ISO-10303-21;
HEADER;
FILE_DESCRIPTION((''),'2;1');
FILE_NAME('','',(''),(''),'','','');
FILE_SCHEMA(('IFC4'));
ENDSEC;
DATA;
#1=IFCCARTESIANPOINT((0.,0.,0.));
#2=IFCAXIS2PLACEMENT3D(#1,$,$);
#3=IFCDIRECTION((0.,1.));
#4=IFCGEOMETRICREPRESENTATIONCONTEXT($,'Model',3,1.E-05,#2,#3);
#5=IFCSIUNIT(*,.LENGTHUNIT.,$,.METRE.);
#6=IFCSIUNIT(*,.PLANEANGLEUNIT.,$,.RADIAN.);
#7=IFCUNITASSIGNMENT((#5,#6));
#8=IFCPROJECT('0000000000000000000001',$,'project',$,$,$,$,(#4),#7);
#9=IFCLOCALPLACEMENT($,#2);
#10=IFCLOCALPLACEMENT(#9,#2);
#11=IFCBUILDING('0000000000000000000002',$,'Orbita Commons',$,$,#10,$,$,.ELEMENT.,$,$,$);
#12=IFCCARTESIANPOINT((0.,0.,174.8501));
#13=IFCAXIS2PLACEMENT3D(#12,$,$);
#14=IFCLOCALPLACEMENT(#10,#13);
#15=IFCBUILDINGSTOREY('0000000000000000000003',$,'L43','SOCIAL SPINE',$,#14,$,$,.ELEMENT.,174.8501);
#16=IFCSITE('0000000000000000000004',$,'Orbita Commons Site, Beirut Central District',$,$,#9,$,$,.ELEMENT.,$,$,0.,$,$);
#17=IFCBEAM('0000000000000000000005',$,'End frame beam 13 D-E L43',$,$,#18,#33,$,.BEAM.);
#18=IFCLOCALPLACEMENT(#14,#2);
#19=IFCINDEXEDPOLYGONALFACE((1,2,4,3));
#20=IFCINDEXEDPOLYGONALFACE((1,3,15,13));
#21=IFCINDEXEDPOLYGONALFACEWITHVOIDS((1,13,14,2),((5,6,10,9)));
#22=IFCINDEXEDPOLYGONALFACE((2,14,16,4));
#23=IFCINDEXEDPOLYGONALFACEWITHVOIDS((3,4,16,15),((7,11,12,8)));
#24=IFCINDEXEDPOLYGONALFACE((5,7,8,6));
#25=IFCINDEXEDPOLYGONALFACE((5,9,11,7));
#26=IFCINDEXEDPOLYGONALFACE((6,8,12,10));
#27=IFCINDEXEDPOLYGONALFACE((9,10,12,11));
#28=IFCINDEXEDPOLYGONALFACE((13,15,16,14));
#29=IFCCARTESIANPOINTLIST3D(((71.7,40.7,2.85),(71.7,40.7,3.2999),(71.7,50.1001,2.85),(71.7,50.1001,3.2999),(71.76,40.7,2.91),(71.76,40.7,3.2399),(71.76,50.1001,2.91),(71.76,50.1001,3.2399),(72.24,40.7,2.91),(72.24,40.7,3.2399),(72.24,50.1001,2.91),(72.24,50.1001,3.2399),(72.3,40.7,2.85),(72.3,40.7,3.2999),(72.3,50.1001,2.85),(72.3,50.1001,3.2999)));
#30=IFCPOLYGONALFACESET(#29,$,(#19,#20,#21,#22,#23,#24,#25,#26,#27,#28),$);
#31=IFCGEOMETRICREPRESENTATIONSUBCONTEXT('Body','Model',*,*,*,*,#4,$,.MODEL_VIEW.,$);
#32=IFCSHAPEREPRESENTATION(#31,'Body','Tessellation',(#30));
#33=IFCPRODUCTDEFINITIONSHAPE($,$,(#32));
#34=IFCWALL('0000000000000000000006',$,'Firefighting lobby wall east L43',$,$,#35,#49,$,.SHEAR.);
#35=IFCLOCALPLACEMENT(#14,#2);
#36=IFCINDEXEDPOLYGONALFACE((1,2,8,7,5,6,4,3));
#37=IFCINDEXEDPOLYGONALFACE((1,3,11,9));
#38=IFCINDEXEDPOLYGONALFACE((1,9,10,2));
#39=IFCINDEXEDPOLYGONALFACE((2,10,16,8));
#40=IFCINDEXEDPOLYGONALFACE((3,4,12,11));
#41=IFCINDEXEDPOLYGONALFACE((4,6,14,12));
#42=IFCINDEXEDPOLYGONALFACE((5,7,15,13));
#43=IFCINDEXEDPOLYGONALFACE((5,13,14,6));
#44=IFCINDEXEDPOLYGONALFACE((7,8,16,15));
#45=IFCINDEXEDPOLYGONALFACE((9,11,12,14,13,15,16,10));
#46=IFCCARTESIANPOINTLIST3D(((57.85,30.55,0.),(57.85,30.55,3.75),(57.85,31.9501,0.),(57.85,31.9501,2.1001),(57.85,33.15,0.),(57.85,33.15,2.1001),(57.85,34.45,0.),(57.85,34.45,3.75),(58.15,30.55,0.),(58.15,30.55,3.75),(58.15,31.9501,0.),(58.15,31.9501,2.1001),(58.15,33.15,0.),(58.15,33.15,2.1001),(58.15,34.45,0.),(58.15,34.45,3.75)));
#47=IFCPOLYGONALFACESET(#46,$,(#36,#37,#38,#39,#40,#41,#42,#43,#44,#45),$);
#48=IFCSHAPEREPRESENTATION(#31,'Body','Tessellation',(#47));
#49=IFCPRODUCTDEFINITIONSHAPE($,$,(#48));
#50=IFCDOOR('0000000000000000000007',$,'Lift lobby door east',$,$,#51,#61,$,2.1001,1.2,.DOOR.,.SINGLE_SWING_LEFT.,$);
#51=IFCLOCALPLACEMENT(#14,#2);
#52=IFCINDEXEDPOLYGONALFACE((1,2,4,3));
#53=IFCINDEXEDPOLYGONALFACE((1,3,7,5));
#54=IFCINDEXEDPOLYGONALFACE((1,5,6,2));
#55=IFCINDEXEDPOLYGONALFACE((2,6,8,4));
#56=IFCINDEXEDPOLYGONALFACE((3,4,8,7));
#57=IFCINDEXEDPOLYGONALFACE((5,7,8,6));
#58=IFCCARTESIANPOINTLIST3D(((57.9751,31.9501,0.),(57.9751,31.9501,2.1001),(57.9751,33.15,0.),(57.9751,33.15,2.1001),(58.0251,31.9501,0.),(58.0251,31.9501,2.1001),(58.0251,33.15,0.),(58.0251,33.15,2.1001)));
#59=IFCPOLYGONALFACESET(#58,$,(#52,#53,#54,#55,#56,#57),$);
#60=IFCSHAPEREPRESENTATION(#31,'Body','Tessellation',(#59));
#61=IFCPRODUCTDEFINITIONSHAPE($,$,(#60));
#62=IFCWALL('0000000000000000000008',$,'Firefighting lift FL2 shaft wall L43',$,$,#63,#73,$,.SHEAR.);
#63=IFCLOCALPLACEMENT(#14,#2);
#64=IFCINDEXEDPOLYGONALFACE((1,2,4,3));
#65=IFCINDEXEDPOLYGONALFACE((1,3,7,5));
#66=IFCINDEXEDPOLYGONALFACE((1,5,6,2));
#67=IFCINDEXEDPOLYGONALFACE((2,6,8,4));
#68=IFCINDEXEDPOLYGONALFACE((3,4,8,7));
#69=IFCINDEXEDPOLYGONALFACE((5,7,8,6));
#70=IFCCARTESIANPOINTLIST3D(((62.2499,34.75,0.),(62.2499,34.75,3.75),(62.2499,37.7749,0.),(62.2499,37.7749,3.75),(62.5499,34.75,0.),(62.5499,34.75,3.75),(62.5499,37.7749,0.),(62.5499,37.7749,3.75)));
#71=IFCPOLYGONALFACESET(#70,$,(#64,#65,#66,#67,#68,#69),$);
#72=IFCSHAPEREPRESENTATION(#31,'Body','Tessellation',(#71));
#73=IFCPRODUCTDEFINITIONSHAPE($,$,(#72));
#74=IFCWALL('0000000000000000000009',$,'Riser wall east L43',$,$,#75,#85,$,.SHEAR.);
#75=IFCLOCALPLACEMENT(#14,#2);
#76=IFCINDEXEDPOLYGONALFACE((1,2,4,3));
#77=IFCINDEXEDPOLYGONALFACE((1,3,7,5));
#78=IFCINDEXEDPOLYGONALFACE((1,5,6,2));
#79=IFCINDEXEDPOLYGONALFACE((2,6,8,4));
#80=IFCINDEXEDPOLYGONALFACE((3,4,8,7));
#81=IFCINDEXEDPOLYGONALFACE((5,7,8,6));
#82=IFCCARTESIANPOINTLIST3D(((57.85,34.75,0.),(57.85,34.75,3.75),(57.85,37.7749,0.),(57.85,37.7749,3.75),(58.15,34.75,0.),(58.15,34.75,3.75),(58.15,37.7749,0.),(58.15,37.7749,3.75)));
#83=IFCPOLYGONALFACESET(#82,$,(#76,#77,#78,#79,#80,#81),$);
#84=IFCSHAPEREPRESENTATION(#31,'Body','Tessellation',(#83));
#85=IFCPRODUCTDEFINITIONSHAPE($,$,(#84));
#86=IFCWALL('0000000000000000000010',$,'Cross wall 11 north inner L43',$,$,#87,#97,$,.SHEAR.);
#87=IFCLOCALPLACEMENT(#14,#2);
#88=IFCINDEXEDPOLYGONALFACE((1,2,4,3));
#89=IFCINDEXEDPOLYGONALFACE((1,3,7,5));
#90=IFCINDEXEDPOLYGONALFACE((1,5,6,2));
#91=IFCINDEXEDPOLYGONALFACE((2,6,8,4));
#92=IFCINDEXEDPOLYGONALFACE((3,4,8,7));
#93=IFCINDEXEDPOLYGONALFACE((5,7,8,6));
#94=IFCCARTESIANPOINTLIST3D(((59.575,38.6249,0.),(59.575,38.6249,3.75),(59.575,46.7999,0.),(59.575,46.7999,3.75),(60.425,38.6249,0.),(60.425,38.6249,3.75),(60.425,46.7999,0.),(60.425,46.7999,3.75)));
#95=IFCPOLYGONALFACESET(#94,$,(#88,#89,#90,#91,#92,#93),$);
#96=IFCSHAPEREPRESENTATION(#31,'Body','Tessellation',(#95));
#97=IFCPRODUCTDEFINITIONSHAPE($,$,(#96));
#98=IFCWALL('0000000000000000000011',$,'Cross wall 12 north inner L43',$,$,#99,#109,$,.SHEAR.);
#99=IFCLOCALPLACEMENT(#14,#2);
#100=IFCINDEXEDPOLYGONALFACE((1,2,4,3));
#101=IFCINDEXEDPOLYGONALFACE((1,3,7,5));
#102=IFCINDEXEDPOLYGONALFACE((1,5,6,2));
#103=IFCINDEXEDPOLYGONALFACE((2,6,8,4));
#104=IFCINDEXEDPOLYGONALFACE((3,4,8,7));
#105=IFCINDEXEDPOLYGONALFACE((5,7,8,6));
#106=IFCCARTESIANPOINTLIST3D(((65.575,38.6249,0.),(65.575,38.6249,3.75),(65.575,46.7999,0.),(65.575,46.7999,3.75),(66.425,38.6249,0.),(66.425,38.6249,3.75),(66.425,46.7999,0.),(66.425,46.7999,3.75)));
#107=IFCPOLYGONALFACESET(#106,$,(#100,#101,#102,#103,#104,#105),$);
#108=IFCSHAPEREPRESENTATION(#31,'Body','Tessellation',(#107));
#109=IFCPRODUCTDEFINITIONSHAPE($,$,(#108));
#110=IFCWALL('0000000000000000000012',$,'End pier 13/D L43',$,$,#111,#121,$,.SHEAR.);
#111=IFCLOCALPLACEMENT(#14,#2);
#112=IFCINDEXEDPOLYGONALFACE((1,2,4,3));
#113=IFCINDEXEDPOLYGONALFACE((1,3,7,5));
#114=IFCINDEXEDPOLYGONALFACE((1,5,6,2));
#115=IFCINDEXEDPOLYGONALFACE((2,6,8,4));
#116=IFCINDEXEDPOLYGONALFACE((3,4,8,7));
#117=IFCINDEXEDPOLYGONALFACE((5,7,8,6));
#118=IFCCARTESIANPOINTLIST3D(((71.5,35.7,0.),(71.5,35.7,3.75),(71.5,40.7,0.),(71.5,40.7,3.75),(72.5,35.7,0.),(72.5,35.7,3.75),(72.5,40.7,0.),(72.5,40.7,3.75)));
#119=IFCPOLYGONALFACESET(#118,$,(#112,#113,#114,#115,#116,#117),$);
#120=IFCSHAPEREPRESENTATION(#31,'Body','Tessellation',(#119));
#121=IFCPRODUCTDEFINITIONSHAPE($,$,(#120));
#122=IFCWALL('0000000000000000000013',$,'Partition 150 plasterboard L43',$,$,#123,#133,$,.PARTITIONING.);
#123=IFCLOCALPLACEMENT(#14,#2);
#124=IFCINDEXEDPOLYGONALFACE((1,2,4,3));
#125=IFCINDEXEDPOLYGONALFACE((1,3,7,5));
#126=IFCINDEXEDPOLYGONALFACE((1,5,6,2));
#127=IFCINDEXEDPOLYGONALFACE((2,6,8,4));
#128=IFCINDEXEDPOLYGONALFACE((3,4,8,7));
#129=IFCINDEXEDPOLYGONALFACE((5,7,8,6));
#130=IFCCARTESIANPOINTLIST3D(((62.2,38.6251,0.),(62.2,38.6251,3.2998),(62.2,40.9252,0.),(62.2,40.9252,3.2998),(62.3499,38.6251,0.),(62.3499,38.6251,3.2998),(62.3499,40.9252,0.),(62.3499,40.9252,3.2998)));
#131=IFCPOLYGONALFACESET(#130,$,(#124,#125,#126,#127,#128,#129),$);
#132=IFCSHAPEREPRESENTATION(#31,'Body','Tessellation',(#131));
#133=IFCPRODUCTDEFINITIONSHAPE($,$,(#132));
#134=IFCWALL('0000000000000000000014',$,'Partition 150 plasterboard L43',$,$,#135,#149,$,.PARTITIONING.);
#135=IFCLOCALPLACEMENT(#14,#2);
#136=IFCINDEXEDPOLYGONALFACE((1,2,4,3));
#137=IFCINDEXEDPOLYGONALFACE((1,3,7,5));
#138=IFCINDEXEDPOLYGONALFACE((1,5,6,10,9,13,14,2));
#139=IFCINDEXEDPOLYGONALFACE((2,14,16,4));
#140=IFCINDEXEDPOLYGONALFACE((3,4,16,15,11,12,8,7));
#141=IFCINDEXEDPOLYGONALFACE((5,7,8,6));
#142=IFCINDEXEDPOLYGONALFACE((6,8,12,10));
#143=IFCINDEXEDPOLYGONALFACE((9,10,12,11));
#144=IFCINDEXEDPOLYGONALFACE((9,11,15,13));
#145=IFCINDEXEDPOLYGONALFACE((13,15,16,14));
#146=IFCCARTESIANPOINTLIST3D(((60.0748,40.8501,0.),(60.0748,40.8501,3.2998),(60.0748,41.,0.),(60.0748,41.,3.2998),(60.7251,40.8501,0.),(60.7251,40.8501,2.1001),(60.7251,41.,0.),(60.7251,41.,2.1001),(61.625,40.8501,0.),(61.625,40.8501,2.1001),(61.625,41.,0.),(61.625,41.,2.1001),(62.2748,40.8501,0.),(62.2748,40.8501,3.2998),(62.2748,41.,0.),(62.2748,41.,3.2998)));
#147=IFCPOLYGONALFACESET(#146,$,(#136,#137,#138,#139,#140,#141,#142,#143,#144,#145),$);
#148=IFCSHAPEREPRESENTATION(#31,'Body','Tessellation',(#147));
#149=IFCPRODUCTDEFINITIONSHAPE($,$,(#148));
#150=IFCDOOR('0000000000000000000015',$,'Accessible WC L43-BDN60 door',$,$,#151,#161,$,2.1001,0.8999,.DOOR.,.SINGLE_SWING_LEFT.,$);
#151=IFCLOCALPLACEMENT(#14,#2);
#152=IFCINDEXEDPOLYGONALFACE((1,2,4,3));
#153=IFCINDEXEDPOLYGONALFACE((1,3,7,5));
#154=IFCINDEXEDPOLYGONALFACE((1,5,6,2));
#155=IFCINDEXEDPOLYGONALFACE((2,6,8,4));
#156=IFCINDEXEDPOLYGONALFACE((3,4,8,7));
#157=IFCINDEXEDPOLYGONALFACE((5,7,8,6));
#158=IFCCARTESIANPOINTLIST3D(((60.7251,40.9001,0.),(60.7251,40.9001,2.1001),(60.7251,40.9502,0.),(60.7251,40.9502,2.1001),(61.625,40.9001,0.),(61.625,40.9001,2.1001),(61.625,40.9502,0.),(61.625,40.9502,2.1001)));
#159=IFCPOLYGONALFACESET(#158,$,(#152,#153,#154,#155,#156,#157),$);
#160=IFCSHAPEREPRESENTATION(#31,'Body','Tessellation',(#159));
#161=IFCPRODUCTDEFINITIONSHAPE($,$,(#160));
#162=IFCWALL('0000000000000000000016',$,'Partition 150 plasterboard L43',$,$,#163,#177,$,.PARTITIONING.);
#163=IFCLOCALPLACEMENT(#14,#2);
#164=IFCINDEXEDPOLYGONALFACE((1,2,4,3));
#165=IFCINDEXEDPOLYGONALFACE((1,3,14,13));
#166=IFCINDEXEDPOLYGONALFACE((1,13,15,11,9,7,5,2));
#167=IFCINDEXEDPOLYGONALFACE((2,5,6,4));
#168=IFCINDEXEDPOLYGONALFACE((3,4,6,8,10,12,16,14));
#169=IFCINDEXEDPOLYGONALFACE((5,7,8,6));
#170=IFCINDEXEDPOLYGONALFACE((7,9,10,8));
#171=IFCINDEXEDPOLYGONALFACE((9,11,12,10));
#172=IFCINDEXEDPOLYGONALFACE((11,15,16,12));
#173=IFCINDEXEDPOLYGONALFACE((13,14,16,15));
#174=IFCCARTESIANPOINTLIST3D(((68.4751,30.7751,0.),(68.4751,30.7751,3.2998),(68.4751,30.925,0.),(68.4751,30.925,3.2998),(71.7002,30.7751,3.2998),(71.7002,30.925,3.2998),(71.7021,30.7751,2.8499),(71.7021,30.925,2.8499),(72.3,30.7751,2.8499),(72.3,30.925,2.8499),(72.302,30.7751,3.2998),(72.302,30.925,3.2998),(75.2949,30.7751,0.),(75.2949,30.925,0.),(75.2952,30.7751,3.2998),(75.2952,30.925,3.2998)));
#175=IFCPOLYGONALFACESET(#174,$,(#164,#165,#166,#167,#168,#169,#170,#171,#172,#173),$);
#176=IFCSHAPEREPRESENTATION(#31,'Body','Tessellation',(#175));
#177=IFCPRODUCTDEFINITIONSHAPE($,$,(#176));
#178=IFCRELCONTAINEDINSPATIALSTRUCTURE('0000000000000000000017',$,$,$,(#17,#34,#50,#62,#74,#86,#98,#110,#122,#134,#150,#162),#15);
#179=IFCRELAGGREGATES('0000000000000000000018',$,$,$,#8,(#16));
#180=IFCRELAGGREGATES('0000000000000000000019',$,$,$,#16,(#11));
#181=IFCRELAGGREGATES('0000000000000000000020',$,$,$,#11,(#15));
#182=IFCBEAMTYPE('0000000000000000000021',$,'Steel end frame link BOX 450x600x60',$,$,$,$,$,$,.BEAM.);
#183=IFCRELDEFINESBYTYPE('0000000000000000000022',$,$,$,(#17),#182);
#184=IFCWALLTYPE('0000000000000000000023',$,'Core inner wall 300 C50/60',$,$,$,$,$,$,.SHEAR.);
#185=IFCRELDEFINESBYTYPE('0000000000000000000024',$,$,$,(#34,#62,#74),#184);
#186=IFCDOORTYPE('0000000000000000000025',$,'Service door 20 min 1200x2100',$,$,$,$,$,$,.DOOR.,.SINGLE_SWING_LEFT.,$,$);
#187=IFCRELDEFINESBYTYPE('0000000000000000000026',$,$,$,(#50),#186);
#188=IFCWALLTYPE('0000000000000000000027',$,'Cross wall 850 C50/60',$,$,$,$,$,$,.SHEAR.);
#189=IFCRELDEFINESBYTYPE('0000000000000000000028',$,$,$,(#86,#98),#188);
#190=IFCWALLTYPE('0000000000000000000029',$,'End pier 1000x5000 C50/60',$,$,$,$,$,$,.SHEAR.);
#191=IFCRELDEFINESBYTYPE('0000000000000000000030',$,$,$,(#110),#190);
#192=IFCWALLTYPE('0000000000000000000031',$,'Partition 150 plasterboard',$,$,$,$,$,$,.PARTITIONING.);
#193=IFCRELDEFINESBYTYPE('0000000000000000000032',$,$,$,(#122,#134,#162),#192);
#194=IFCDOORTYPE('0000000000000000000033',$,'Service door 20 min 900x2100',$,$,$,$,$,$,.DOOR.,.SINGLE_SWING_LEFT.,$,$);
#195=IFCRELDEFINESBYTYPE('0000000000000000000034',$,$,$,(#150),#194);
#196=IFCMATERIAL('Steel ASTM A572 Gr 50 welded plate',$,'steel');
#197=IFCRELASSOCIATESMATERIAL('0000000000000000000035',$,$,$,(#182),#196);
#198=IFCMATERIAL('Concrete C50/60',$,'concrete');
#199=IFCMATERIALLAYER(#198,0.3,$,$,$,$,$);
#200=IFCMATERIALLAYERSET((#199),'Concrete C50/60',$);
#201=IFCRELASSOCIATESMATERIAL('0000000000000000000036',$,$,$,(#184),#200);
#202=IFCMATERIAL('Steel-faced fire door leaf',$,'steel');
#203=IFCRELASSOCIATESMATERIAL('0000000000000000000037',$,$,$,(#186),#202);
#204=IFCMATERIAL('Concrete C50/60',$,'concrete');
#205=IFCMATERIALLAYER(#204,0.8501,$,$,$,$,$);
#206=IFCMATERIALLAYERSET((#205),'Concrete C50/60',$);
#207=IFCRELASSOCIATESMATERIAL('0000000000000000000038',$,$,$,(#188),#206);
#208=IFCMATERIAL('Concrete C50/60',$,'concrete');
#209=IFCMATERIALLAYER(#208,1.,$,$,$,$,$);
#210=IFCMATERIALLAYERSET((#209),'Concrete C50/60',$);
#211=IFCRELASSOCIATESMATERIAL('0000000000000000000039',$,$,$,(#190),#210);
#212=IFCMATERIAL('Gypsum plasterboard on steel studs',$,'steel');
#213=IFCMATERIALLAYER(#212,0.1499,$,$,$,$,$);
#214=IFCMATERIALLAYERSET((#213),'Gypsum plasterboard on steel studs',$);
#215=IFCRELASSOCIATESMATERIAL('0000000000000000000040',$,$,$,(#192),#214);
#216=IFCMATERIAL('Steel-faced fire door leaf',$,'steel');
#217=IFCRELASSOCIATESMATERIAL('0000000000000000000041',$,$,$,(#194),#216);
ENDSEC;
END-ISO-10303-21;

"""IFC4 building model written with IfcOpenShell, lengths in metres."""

from ifc_helpers import new_model, si_unit, direction, frame, frame_2d, origin, origin_2d, place, context, subcontext, project, spatial, polyline, rectangle, hollow_rectangle, outline, extrude, material, layer, layer_set, material_profile, profile_set, type_object, element, fill, save


model = new_model("IFC4")

# Units and contexts
model_context = context("Model", 3, precision=1e-05, world=origin(), true_north=direction((0.0, 1.0)))
body_context = subcontext(model_context, "Body", "Model", "MODEL_VIEW")
ifc_project = project(units=[si_unit("LENGTHUNIT", "METRE"), si_unit("PLANEANGLEUNIT", "RADIAN")], contexts=[model_context])

# Site, building, storey
site_placement = place(None, origin())
site = spatial("IfcSite", under=ifc_project, at=site_placement, Name="Orbita Commons Site, Beirut Central District", CompositionType="ELEMENT", RefElevation=0.0)
building_placement = place(site_placement, origin())
building = spatial("IfcBuilding", under=site, at=building_placement, Name="Orbita Commons", CompositionType="ELEMENT")
storey_placement = place(building_placement, frame((0.0, 0.0, 174.8501)))
storey = spatial("IfcBuildingStorey", under=building, at=storey_placement, Name="L43", Description="SOCIAL SPINE", CompositionType="ELEMENT", Elevation=174.8501)

# Beam
ifc_material_1 = material(Name="Steel ASTM A572 Gr 50 welded plate", Category="steel")
ifc_material_profile = material_profile(ifc_material_1, hollow_rectangle(XDim=0.6001, YDim=0.45, WallThickness=0.0601, at=origin_2d()), Name="BOX 450x600x60")
ifc_profile_set = profile_set([ifc_material_profile], Name="Steel ASTM A572 Gr 50 welded plate")
beam_type = type_object("IfcBeamType", Name="Steel end frame link BOX 450x600x60", PredefinedType="BEAM", material=ifc_profile_set)
beam_placement = place(storey_placement, frame((72.0, 40.7, 3.075), z_axis=(0.0, 1.0, 0.0), x_axis=(-1.0, 0.0, 0.0)))
element("IfcBeam", 1, at=beam_placement, inside=storey, type_object=beam_type, Name="End frame beam 13 D-E L43", PredefinedType="BEAM", context=body_context, shape_type="SweptSolid", body=[
    extrude(hollow_rectangle(XDim=0.6001, YDim=0.45, WallThickness=0.0601, at=origin_2d()), origin(), (0.0, 0.0, 1.0), 9.4001),
])

# Wall, opening, door
ifc_material_2 = material(Name="Concrete C50/60", Category="concrete")
ifc_layer_1 = layer(ifc_material_2, 0.3)
ifc_layer_set_1 = layer_set([ifc_layer_1], Name="Concrete C50/60")
wall_type_1 = type_object("IfcWallType", Name="Core inner wall 300 C50/60", PredefinedType="SHEAR", material=ifc_layer_set_1)
wall_1_placement = place(storey_placement, frame((58.0, 30.55, 0.0), z_axis=(0.0, 0.0, 1.0), x_axis=(0.0, 1.0, 0.0)))
wall_1 = element("IfcWall", 2, at=wall_1_placement, inside=storey, type_object=wall_type_1, Name="Firefighting lobby wall east L43", PredefinedType="SHEAR", context=body_context, shape_type="SweptSolid", body=[
    extrude(rectangle(XDim=3.8999, YDim=0.3, at=frame_2d((1.95, 0.0))), origin(), (0.0, 0.0, 1.0), 3.75),
])
opening_1_placement = place(wall_1_placement, frame((1.3999, 0.0, 0.0)))
opening_1 = element("IfcOpeningElement", 3, at=opening_1_placement, cuts=wall_1, PredefinedType="OPENING", context=body_context, shape_type="SweptSolid", body=[
    extrude(rectangle(XDim=1.2, YDim=2.1001, at=frame_2d((0.6001, 1.05))), frame((0.0, 0.1599, 0.0), z_axis=(0.0, -1.0, 0.0), x_axis=(1.0, 0.0, 0.0)), (0.0, 0.0, 1.0), 0.3201),
])
ifc_material_3 = material(Name="Steel-faced fire door leaf", Category="steel")
door_type_1 = type_object("IfcDoorType", Name="Service door 20 min 1200x2100", OperationType="SINGLE_SWING_LEFT", PredefinedType="DOOR", material=ifc_material_3)
door_1_placement = place(opening_1_placement, origin())
door_1 = element("IfcDoor", 4, at=door_1_placement, inside=storey, type_object=door_type_1, Name="Lift lobby door east", OperationType="SINGLE_SWING_LEFT", OverallHeight=2.1001, OverallWidth=1.2, PredefinedType="DOOR", context=body_context, shape_type="SweptSolid", body=[
    extrude(rectangle(XDim=1.2, YDim=2.1001, at=frame_2d((0.6001, 1.05))), frame((0.0, 0.0249, 0.0), z_axis=(0.0, -1.0, 0.0), x_axis=(1.0, 0.0, 0.0)), (0.0, 0.0, 1.0), 0.05),
])
fill(opening_1, door_1)

# Walls
for number, where, z_axis, x_axis, name in (
    (5, (62.3999, 34.75, 0.0), (0.0, 0.0, 1.0), (0.0, 1.0, 0.0), "Firefighting lift FL2 shaft wall L43"),
    (6, (58.0, 34.75, 0.0), (0.0, 0.0, 1.0), (0.0, 1.0, 0.0), "Riser wall east L43"),
):
    element("IfcWall", number, at=place(storey_placement, frame(where, z_axis=z_axis, x_axis=x_axis)), inside=storey, type_object=wall_type_1, Name=name, PredefinedType="SHEAR", context=body_context, shape_type="SweptSolid", body=[
        extrude(rectangle(XDim=3.0249, YDim=0.3, at=frame_2d((1.5125, 0.0))), origin(), (0.0, 0.0, 1.0), 3.75),
    ])
ifc_material_4 = material(Name="Concrete C50/60", Category="concrete")
ifc_layer_2 = layer(ifc_material_4, 0.8501)
ifc_layer_set_2 = layer_set([ifc_layer_2], Name="Concrete C50/60")
wall_type_2 = type_object("IfcWallType", Name="Cross wall 850 C50/60", PredefinedType="SHEAR", material=ifc_layer_set_2)
for number, where, z_axis, x_axis, name in (
    (7, (60.0, 38.625, 0.0), (0.0, 0.0, 1.0), (0.0, 1.0, 0.0), "Cross wall 11 north inner L43"),
    (8, (66.0, 38.625, 0.0), (0.0, 0.0, 1.0), (0.0, 1.0, 0.0), "Cross wall 12 north inner L43"),
):
    element("IfcWall", number, at=place(storey_placement, frame(where, z_axis=z_axis, x_axis=x_axis)), inside=storey, type_object=wall_type_2, Name=name, PredefinedType="SHEAR", context=body_context, shape_type="SweptSolid", body=[
        extrude(rectangle(XDim=8.175, YDim=0.8501, at=frame_2d((4.0874, 0.0))), origin(), (0.0, 0.0, 1.0), 3.75),
    ])
ifc_material_5 = material(Name="Concrete C50/60", Category="concrete")
ifc_layer_3 = layer(ifc_material_5, 1.0)
ifc_layer_set_3 = layer_set([ifc_layer_3], Name="Concrete C50/60")
wall_type_3 = type_object("IfcWallType", Name="End pier 1000x5000 C50/60", PredefinedType="SHEAR", material=ifc_layer_set_3)
wall_2_placement = place(storey_placement, frame((72.0, 35.7, 0.0), z_axis=(0.0, 0.0, 1.0), x_axis=(0.0, 1.0, 0.0)))
element("IfcWall", 9, at=wall_2_placement, inside=storey, type_object=wall_type_3, Name="End pier 13/D L43", PredefinedType="SHEAR", context=body_context, shape_type="SweptSolid", body=[
    extrude(rectangle(XDim=5.0, YDim=1.0, at=frame_2d((2.5, 0.0))), origin(), (0.0, 0.0, 1.0), 3.75),
])
ifc_material_6 = material(Name="Gypsum plasterboard on steel studs", Category="steel")
ifc_layer_4 = layer(ifc_material_6, 0.1499)
ifc_layer_set_4 = layer_set([ifc_layer_4], Name="Gypsum plasterboard on steel studs")
wall_type_4 = type_object("IfcWallType", Name="Partition 150 plasterboard", PredefinedType="PARTITIONING", material=ifc_layer_set_4)
wall_3_placement = place(storey_placement, frame((62.2749, 40.925, 0.0), z_axis=(0.0, 0.0, 1.0), x_axis=(0.0, -1.0, 0.0)))
element("IfcWall", 10, at=wall_3_placement, inside=storey, type_object=wall_type_4, Name="Partition 150 plasterboard L43", PredefinedType="PARTITIONING", context=body_context, shape_type="SweptSolid", body=[
    extrude(rectangle(XDim=2.3, YDim=0.1499, at=frame_2d((1.1499, 0.0))), origin(), (0.0, 0.0, 1.0), 3.2998),
])

# Wall, opening, door
wall_4_placement = place(storey_placement, frame((62.2749, 40.925, 0.0), z_axis=(0.0, 0.0, 1.0), x_axis=(-1.0, 0.0, 0.0)))
wall_4 = element("IfcWall", 11, at=wall_4_placement, inside=storey, type_object=wall_type_4, Name="Partition 150 plasterboard L43", PredefinedType="PARTITIONING", context=body_context, shape_type="SweptSolid", body=[
    extrude(rectangle(XDim=2.2, YDim=0.1499, at=frame_2d((1.1001, 0.0))), origin(), (0.0, 0.0, 1.0), 3.2998),
])
opening_2_placement = place(wall_4_placement, frame((0.6499, 0.0, 0.0)))
opening_2 = element("IfcOpeningElement", 12, at=opening_2_placement, cuts=wall_4, PredefinedType="OPENING", context=body_context, shape_type="SweptSolid", body=[
    extrude(rectangle(XDim=0.8999, YDim=2.1001, at=frame_2d((0.45, 1.05))), frame((0.0, 0.085, 0.0), z_axis=(0.0, -1.0, 0.0), x_axis=(1.0, 0.0, 0.0)), (0.0, 0.0, 1.0), 0.1699),
])
ifc_material_7 = material(Name="Steel-faced fire door leaf", Category="steel")
door_type_2 = type_object("IfcDoorType", Name="Service door 20 min 900x2100", OperationType="SINGLE_SWING_LEFT", PredefinedType="DOOR", material=ifc_material_7)
door_2_placement = place(opening_2_placement, origin())
door_2 = element("IfcDoor", 13, at=door_2_placement, inside=storey, type_object=door_type_2, Name="Accessible WC L43-BDN60 door", OperationType="SINGLE_SWING_LEFT", OverallHeight=2.1001, OverallWidth=0.8999, PredefinedType="DOOR", context=body_context, shape_type="SweptSolid", body=[
    extrude(rectangle(XDim=0.8999, YDim=2.1001, at=frame_2d((0.45, 1.05))), frame((0.0, 0.0249, 0.0), z_axis=(0.0, -1.0, 0.0), x_axis=(1.0, 0.0, 0.0)), (0.0, 0.0, 1.0), 0.05),
])
fill(opening_2, door_2)

# Wall
for number, where, z_axis, x_axis, name in (
    (14, (68.4751, 30.8501, 0.0), (0.0, 0.0, 1.0), (1.0, 0.0, 0.0), "Partition 150 plasterboard L43"),
):
    element("IfcWall", number, at=place(storey_placement, frame(where, z_axis=z_axis, x_axis=x_axis)), inside=storey, type_object=wall_type_4, Name=name, PredefinedType="PARTITIONING", context=body_context, shape_type="SweptSolid", body=[
        extrude(outline(polyline([(0.0, 0.0), (6.8198, 0.0), (6.8201, 3.2998), (3.8269, 3.2998), (3.825, 2.8499), (3.2271, 2.8499), (3.2251, 3.2998), (0.0, 3.2998), (0.0, 0.0)])), frame((0.0, 0.075, 0.0), z_axis=(0.0, -1.0, 0.0), x_axis=(1.0, 0.0, 0.0)), (0.0, 0.0, 1.0), 0.1499),
    ])

save(model, "model.ifc")
